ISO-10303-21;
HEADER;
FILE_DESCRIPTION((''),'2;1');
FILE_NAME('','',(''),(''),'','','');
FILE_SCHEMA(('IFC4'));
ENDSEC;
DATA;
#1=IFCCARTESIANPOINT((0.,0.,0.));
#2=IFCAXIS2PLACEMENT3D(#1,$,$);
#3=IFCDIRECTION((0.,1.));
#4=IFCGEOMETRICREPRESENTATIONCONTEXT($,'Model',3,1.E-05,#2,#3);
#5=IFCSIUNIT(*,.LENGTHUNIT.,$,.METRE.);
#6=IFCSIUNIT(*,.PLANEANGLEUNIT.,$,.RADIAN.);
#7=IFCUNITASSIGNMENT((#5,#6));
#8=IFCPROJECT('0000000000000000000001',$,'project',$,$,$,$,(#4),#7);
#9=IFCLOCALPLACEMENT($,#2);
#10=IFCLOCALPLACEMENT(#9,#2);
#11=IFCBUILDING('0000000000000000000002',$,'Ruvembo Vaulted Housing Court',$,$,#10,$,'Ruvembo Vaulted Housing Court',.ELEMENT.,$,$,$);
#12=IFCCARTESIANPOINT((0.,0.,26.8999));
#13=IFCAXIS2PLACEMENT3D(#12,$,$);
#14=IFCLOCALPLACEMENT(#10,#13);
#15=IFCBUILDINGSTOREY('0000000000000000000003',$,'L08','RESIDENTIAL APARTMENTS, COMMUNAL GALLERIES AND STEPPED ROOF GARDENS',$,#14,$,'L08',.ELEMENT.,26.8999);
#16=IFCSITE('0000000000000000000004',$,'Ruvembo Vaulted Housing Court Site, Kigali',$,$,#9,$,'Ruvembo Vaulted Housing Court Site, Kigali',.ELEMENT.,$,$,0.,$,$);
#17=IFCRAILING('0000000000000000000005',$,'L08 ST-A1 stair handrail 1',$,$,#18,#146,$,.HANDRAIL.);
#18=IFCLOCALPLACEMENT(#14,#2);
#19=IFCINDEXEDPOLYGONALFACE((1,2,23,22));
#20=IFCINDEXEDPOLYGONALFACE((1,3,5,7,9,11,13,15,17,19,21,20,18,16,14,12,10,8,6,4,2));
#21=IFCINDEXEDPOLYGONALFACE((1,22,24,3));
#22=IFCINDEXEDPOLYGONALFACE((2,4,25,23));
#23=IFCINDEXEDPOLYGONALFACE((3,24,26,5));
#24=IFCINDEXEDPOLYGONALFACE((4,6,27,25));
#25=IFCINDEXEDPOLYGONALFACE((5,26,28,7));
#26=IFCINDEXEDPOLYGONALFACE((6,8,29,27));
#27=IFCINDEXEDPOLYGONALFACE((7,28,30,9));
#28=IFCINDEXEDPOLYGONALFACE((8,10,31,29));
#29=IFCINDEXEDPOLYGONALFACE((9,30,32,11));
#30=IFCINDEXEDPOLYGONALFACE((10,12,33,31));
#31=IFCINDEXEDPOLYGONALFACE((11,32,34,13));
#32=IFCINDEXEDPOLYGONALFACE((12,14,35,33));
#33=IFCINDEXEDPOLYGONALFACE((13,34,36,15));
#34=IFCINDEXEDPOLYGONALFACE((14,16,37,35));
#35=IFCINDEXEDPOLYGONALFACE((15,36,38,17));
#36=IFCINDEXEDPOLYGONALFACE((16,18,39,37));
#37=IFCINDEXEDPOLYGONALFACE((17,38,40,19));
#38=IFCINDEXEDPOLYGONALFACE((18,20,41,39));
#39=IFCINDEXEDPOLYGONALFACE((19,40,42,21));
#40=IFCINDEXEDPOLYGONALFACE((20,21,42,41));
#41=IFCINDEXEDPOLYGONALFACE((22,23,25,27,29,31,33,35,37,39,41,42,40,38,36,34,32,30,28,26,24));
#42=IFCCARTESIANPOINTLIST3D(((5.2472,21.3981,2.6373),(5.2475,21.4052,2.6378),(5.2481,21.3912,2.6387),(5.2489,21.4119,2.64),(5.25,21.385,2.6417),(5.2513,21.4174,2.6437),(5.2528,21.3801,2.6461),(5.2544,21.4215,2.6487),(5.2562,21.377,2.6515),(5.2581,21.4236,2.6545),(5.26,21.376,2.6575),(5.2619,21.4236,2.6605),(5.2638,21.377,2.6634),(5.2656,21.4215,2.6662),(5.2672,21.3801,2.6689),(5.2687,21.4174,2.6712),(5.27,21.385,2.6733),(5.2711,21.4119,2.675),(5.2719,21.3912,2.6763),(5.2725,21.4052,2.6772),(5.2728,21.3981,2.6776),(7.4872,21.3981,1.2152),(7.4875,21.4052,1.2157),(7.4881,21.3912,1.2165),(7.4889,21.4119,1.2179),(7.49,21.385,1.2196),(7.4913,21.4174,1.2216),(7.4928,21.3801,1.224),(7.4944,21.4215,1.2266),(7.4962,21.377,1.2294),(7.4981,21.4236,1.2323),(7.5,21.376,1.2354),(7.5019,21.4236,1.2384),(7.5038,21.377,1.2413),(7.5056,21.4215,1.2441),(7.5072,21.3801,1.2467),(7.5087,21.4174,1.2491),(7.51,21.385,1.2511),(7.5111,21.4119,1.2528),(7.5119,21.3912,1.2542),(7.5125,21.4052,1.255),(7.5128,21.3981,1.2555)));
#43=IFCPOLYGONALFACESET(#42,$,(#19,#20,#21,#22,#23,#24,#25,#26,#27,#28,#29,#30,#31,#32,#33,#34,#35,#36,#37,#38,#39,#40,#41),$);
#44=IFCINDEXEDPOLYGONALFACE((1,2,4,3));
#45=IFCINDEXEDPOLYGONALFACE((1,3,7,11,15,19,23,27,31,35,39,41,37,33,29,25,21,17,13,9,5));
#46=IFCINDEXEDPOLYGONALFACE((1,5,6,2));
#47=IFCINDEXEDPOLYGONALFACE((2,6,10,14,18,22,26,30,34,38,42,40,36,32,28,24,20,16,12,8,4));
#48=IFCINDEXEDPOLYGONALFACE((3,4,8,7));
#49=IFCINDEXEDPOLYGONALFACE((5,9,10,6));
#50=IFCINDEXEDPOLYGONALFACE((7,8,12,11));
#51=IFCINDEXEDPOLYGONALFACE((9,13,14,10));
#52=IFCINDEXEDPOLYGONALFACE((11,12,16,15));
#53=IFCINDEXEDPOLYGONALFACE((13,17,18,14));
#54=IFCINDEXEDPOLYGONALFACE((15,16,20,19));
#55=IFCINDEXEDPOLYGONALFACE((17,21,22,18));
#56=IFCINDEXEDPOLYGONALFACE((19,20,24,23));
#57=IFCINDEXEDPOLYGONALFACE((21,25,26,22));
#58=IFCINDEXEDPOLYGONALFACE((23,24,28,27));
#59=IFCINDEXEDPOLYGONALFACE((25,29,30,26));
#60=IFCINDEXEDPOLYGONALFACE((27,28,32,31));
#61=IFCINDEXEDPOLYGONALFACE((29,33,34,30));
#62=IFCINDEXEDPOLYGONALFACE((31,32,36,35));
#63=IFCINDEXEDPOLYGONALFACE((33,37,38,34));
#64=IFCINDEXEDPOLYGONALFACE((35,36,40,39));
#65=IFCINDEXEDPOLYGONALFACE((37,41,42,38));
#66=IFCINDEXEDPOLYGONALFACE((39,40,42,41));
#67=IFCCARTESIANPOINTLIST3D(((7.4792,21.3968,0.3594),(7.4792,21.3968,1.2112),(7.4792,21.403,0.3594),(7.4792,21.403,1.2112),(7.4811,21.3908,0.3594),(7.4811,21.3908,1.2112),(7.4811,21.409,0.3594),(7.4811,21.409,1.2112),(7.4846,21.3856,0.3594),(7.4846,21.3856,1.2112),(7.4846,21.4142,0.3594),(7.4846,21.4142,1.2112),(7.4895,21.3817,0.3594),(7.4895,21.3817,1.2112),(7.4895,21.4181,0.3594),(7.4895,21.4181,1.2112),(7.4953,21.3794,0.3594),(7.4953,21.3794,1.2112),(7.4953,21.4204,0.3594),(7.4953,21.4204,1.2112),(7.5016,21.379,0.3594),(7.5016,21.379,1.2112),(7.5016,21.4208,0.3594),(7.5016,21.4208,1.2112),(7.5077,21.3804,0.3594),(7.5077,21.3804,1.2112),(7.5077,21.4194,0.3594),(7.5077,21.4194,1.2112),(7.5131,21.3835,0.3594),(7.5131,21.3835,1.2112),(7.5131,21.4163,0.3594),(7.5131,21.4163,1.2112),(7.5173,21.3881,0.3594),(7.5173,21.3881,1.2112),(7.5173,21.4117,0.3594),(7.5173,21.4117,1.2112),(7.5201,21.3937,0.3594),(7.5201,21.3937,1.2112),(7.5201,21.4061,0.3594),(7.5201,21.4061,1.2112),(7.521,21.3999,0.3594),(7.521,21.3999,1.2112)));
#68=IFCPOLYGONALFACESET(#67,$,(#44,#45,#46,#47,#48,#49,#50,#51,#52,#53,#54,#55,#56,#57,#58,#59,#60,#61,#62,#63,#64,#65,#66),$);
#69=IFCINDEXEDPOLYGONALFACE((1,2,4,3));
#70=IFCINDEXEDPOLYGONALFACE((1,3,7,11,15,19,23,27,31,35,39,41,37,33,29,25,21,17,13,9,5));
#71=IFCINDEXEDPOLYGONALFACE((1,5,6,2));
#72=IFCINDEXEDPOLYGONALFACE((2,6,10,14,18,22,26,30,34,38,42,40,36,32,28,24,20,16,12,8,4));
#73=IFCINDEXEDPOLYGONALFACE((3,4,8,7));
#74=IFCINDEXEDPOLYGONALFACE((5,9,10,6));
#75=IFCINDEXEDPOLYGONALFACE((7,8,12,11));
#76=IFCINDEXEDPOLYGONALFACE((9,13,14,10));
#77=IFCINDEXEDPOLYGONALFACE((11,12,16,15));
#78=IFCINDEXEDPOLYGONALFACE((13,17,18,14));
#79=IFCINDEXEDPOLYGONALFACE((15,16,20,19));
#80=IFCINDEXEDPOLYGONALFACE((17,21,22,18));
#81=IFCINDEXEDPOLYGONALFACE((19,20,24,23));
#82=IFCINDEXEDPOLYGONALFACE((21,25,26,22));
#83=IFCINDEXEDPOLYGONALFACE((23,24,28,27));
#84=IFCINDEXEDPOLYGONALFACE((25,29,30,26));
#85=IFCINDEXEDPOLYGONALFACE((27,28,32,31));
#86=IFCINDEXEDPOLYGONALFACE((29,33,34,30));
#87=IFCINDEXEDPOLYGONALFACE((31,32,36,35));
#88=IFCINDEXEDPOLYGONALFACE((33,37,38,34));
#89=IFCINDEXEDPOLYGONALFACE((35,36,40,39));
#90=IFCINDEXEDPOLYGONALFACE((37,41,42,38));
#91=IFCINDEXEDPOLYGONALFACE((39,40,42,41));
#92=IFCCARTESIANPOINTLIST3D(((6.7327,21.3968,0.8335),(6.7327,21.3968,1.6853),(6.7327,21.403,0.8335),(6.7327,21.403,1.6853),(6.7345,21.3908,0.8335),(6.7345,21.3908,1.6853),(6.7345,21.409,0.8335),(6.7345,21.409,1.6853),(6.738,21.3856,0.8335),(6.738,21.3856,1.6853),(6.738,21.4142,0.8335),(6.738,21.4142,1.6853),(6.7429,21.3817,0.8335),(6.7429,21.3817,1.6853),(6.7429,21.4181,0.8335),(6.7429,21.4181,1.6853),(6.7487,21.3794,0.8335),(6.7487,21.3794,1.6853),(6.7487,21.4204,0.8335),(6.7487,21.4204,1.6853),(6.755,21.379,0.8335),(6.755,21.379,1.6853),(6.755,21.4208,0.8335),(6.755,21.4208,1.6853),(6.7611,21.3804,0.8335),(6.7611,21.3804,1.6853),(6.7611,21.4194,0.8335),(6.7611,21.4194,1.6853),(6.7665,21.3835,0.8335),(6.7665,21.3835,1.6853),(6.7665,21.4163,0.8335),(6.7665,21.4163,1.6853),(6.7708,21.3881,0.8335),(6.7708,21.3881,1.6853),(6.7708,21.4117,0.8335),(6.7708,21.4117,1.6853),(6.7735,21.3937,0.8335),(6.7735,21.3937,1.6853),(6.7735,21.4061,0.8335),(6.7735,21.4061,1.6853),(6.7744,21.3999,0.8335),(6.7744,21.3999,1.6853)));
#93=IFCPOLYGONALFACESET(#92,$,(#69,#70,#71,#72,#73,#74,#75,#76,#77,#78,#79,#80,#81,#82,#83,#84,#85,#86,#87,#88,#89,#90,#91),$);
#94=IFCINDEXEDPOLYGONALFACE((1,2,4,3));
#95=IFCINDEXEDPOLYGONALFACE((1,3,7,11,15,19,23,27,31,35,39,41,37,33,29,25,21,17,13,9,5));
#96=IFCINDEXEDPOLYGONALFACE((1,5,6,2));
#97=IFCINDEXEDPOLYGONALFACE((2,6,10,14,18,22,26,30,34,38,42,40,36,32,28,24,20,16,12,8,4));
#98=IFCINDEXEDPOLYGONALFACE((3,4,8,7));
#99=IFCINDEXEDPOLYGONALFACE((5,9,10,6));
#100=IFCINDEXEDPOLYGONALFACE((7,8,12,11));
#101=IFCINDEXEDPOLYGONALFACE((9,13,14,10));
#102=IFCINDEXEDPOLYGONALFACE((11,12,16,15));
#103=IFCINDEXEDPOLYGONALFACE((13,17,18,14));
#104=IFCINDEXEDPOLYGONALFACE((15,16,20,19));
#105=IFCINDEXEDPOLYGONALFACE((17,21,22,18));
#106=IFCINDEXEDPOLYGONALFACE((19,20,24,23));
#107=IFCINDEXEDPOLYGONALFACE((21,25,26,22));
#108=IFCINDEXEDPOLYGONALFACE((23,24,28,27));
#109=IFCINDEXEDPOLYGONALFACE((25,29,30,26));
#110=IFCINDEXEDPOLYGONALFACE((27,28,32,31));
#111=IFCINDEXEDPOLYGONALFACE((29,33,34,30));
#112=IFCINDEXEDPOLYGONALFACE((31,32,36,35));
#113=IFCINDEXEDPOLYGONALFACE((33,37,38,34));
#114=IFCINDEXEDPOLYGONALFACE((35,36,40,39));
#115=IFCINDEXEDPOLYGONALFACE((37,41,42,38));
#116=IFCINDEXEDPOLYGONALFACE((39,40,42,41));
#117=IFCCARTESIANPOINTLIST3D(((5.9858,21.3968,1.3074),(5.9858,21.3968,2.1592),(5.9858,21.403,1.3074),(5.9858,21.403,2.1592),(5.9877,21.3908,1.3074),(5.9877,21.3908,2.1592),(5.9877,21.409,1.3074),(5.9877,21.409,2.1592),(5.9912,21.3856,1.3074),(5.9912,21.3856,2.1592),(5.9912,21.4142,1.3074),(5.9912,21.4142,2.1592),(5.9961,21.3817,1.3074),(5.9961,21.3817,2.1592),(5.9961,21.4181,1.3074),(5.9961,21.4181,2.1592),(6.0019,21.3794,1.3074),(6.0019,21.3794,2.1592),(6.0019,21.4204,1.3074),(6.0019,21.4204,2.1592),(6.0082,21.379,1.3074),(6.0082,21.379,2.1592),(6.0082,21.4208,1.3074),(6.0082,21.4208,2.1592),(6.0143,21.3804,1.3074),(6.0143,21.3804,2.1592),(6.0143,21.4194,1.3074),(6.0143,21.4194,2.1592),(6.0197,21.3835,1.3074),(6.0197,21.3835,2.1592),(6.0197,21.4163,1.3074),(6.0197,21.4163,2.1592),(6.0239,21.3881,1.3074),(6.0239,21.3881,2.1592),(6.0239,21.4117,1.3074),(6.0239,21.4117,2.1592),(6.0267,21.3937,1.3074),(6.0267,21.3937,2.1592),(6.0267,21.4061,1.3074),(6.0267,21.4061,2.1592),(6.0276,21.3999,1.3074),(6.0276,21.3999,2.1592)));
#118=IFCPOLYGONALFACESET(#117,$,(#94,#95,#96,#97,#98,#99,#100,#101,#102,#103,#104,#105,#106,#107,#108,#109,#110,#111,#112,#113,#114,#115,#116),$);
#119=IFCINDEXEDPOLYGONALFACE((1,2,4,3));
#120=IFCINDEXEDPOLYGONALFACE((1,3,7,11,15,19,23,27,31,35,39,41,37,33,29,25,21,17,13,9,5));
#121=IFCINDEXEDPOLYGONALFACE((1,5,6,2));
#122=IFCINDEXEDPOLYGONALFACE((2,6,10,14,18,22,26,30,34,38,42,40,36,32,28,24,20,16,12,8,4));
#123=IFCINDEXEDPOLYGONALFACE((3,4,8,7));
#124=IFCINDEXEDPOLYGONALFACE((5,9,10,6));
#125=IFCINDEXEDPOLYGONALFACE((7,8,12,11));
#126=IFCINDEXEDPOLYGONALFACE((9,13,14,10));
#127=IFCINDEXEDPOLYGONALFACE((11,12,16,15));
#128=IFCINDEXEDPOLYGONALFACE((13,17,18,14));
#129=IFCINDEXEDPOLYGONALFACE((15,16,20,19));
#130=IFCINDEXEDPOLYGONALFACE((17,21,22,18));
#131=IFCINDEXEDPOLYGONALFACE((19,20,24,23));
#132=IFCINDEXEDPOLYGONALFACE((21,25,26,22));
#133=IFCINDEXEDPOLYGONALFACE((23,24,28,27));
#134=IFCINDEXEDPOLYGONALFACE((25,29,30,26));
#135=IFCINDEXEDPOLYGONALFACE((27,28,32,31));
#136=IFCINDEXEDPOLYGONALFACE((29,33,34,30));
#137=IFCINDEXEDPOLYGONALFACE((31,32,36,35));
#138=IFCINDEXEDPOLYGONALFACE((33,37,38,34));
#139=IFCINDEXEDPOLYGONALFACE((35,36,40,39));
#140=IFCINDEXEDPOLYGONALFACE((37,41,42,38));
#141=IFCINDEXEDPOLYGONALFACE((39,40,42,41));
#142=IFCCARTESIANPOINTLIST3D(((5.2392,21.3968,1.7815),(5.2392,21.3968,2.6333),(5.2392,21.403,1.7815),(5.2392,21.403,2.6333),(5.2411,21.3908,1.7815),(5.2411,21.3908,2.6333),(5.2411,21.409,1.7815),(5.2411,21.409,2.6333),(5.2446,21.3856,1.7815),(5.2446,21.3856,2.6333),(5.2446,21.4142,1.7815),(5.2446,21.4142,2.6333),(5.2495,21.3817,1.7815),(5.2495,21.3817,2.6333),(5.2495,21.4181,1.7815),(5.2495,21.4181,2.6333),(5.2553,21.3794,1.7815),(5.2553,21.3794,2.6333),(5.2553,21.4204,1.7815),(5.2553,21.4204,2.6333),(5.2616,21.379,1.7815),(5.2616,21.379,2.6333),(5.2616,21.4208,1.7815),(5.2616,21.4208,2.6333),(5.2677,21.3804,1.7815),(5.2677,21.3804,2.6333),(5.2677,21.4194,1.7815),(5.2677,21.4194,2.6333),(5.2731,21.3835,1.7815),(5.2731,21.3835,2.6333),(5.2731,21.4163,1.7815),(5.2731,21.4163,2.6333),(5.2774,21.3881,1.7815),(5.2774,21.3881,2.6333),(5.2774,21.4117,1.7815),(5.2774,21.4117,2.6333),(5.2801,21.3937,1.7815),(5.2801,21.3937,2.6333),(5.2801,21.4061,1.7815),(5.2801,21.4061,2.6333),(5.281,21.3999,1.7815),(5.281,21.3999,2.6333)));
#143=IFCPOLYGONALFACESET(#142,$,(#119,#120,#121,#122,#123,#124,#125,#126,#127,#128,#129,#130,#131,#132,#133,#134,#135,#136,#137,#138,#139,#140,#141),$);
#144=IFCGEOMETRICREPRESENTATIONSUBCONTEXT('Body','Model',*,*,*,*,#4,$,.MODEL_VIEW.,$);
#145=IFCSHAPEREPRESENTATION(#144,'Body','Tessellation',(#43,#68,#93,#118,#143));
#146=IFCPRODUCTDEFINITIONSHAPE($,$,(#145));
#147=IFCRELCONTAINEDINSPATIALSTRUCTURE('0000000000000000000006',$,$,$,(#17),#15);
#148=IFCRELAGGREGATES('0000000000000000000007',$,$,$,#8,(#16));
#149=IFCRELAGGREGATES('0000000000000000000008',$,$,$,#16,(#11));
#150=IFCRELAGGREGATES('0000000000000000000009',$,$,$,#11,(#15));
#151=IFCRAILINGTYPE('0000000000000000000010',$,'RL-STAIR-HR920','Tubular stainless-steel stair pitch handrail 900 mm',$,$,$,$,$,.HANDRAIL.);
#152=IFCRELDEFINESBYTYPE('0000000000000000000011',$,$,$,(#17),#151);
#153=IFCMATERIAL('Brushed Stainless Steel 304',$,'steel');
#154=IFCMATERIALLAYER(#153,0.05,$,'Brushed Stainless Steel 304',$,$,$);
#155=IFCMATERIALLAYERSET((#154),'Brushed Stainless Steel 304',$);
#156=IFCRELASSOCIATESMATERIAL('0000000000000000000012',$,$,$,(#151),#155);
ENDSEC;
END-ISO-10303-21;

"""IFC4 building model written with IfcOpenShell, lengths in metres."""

from ifc_helpers import new_model, si_unit, direction, frame, origin, origin_2d, place, context, subcontext, project, spatial, circle, extrude, material, layer, layer_set, type_object, element, save


model = new_model("IFC4")

# Units and contexts
model_context = context("Model", 3, precision=1e-05, world=origin(), true_north=direction((0.0, 1.0)))
body_context = subcontext(model_context, "Body", "Model", "MODEL_VIEW")
ifc_project = project(units=[si_unit("LENGTHUNIT", "METRE"), si_unit("PLANEANGLEUNIT", "RADIAN")], contexts=[model_context])

# Site, building, storey
site_placement = place(None, origin())
site = spatial("IfcSite", under=ifc_project, at=site_placement, Name="Ruvembo Vaulted Housing Court Site, Kigali", LongName="Ruvembo Vaulted Housing Court Site, Kigali", CompositionType="ELEMENT", RefElevation=0.0)
building_placement = place(site_placement, origin())
building = spatial("IfcBuilding", under=site, at=building_placement, Name="Ruvembo Vaulted Housing Court", LongName="Ruvembo Vaulted Housing Court", CompositionType="ELEMENT")
storey_placement = place(building_placement, frame((0.0, 0.0, 26.8999)))
storey = spatial("IfcBuildingStorey", under=building, at=storey_placement, Name="L08", Description="RESIDENTIAL APARTMENTS, COMMUNAL GALLERIES AND STEPPED ROOF GARDENS", LongName="L08", CompositionType="ELEMENT", Elevation=26.8999)

# Shared definitions
ifc_material_1 = material(Name="Brushed Stainless Steel 304", Category="steel")

# Railing
ifc_layer_1 = layer(ifc_material_1, 0.05, Name="Brushed Stainless Steel 304")
ifc_layer_set_1 = layer_set([ifc_layer_1], Name="Brushed Stainless Steel 304")
railing_type_1 = type_object("IfcRailingType", Name="RL-STAIR-HR920", Description="Tubular stainless-steel stair pitch handrail 900 mm", PredefinedType="HANDRAIL", material=ifc_layer_set_1)
railing_1_placement = place(storey_placement, frame((7.5, 21.3999, 0.3594)))
element("IfcRailing", 1, at=railing_1_placement, inside=storey, type_object=railing_type_1, Name="L08 ST-A1 stair handrail 1", PredefinedType="HANDRAIL", context=body_context, shape_type="SweptSolid", body=[
    extrude(circle(Radius=0.0239, at=origin_2d()), frame((0.0, 0.0, 0.876), z_axis=(-0.844229, 0.0, 0.535982), x_axis=(0.0, -1.0, 0.0)), (0.0, 0.0, 1.0), 2.6533),
    extrude(circle(Radius=0.021, at=origin_2d()), origin(), (0.0, 0.0, 1.0), 0.8518),
    extrude(circle(Radius=0.021, at=origin_2d()), frame((-0.7466, 0.0, 0.4741)), (0.0, 0.0, 1.0), 0.8518),
    extrude(circle(Radius=0.021, at=origin_2d()), frame((-1.4934, 0.0, 0.948)), (0.0, 0.0, 1.0), 0.8518),
    extrude(circle(Radius=0.021, at=origin_2d()), frame((-2.24, 0.0, 1.4221)), (0.0, 0.0, 1.0), 0.8518),
])

save(model, "model.ifc")
